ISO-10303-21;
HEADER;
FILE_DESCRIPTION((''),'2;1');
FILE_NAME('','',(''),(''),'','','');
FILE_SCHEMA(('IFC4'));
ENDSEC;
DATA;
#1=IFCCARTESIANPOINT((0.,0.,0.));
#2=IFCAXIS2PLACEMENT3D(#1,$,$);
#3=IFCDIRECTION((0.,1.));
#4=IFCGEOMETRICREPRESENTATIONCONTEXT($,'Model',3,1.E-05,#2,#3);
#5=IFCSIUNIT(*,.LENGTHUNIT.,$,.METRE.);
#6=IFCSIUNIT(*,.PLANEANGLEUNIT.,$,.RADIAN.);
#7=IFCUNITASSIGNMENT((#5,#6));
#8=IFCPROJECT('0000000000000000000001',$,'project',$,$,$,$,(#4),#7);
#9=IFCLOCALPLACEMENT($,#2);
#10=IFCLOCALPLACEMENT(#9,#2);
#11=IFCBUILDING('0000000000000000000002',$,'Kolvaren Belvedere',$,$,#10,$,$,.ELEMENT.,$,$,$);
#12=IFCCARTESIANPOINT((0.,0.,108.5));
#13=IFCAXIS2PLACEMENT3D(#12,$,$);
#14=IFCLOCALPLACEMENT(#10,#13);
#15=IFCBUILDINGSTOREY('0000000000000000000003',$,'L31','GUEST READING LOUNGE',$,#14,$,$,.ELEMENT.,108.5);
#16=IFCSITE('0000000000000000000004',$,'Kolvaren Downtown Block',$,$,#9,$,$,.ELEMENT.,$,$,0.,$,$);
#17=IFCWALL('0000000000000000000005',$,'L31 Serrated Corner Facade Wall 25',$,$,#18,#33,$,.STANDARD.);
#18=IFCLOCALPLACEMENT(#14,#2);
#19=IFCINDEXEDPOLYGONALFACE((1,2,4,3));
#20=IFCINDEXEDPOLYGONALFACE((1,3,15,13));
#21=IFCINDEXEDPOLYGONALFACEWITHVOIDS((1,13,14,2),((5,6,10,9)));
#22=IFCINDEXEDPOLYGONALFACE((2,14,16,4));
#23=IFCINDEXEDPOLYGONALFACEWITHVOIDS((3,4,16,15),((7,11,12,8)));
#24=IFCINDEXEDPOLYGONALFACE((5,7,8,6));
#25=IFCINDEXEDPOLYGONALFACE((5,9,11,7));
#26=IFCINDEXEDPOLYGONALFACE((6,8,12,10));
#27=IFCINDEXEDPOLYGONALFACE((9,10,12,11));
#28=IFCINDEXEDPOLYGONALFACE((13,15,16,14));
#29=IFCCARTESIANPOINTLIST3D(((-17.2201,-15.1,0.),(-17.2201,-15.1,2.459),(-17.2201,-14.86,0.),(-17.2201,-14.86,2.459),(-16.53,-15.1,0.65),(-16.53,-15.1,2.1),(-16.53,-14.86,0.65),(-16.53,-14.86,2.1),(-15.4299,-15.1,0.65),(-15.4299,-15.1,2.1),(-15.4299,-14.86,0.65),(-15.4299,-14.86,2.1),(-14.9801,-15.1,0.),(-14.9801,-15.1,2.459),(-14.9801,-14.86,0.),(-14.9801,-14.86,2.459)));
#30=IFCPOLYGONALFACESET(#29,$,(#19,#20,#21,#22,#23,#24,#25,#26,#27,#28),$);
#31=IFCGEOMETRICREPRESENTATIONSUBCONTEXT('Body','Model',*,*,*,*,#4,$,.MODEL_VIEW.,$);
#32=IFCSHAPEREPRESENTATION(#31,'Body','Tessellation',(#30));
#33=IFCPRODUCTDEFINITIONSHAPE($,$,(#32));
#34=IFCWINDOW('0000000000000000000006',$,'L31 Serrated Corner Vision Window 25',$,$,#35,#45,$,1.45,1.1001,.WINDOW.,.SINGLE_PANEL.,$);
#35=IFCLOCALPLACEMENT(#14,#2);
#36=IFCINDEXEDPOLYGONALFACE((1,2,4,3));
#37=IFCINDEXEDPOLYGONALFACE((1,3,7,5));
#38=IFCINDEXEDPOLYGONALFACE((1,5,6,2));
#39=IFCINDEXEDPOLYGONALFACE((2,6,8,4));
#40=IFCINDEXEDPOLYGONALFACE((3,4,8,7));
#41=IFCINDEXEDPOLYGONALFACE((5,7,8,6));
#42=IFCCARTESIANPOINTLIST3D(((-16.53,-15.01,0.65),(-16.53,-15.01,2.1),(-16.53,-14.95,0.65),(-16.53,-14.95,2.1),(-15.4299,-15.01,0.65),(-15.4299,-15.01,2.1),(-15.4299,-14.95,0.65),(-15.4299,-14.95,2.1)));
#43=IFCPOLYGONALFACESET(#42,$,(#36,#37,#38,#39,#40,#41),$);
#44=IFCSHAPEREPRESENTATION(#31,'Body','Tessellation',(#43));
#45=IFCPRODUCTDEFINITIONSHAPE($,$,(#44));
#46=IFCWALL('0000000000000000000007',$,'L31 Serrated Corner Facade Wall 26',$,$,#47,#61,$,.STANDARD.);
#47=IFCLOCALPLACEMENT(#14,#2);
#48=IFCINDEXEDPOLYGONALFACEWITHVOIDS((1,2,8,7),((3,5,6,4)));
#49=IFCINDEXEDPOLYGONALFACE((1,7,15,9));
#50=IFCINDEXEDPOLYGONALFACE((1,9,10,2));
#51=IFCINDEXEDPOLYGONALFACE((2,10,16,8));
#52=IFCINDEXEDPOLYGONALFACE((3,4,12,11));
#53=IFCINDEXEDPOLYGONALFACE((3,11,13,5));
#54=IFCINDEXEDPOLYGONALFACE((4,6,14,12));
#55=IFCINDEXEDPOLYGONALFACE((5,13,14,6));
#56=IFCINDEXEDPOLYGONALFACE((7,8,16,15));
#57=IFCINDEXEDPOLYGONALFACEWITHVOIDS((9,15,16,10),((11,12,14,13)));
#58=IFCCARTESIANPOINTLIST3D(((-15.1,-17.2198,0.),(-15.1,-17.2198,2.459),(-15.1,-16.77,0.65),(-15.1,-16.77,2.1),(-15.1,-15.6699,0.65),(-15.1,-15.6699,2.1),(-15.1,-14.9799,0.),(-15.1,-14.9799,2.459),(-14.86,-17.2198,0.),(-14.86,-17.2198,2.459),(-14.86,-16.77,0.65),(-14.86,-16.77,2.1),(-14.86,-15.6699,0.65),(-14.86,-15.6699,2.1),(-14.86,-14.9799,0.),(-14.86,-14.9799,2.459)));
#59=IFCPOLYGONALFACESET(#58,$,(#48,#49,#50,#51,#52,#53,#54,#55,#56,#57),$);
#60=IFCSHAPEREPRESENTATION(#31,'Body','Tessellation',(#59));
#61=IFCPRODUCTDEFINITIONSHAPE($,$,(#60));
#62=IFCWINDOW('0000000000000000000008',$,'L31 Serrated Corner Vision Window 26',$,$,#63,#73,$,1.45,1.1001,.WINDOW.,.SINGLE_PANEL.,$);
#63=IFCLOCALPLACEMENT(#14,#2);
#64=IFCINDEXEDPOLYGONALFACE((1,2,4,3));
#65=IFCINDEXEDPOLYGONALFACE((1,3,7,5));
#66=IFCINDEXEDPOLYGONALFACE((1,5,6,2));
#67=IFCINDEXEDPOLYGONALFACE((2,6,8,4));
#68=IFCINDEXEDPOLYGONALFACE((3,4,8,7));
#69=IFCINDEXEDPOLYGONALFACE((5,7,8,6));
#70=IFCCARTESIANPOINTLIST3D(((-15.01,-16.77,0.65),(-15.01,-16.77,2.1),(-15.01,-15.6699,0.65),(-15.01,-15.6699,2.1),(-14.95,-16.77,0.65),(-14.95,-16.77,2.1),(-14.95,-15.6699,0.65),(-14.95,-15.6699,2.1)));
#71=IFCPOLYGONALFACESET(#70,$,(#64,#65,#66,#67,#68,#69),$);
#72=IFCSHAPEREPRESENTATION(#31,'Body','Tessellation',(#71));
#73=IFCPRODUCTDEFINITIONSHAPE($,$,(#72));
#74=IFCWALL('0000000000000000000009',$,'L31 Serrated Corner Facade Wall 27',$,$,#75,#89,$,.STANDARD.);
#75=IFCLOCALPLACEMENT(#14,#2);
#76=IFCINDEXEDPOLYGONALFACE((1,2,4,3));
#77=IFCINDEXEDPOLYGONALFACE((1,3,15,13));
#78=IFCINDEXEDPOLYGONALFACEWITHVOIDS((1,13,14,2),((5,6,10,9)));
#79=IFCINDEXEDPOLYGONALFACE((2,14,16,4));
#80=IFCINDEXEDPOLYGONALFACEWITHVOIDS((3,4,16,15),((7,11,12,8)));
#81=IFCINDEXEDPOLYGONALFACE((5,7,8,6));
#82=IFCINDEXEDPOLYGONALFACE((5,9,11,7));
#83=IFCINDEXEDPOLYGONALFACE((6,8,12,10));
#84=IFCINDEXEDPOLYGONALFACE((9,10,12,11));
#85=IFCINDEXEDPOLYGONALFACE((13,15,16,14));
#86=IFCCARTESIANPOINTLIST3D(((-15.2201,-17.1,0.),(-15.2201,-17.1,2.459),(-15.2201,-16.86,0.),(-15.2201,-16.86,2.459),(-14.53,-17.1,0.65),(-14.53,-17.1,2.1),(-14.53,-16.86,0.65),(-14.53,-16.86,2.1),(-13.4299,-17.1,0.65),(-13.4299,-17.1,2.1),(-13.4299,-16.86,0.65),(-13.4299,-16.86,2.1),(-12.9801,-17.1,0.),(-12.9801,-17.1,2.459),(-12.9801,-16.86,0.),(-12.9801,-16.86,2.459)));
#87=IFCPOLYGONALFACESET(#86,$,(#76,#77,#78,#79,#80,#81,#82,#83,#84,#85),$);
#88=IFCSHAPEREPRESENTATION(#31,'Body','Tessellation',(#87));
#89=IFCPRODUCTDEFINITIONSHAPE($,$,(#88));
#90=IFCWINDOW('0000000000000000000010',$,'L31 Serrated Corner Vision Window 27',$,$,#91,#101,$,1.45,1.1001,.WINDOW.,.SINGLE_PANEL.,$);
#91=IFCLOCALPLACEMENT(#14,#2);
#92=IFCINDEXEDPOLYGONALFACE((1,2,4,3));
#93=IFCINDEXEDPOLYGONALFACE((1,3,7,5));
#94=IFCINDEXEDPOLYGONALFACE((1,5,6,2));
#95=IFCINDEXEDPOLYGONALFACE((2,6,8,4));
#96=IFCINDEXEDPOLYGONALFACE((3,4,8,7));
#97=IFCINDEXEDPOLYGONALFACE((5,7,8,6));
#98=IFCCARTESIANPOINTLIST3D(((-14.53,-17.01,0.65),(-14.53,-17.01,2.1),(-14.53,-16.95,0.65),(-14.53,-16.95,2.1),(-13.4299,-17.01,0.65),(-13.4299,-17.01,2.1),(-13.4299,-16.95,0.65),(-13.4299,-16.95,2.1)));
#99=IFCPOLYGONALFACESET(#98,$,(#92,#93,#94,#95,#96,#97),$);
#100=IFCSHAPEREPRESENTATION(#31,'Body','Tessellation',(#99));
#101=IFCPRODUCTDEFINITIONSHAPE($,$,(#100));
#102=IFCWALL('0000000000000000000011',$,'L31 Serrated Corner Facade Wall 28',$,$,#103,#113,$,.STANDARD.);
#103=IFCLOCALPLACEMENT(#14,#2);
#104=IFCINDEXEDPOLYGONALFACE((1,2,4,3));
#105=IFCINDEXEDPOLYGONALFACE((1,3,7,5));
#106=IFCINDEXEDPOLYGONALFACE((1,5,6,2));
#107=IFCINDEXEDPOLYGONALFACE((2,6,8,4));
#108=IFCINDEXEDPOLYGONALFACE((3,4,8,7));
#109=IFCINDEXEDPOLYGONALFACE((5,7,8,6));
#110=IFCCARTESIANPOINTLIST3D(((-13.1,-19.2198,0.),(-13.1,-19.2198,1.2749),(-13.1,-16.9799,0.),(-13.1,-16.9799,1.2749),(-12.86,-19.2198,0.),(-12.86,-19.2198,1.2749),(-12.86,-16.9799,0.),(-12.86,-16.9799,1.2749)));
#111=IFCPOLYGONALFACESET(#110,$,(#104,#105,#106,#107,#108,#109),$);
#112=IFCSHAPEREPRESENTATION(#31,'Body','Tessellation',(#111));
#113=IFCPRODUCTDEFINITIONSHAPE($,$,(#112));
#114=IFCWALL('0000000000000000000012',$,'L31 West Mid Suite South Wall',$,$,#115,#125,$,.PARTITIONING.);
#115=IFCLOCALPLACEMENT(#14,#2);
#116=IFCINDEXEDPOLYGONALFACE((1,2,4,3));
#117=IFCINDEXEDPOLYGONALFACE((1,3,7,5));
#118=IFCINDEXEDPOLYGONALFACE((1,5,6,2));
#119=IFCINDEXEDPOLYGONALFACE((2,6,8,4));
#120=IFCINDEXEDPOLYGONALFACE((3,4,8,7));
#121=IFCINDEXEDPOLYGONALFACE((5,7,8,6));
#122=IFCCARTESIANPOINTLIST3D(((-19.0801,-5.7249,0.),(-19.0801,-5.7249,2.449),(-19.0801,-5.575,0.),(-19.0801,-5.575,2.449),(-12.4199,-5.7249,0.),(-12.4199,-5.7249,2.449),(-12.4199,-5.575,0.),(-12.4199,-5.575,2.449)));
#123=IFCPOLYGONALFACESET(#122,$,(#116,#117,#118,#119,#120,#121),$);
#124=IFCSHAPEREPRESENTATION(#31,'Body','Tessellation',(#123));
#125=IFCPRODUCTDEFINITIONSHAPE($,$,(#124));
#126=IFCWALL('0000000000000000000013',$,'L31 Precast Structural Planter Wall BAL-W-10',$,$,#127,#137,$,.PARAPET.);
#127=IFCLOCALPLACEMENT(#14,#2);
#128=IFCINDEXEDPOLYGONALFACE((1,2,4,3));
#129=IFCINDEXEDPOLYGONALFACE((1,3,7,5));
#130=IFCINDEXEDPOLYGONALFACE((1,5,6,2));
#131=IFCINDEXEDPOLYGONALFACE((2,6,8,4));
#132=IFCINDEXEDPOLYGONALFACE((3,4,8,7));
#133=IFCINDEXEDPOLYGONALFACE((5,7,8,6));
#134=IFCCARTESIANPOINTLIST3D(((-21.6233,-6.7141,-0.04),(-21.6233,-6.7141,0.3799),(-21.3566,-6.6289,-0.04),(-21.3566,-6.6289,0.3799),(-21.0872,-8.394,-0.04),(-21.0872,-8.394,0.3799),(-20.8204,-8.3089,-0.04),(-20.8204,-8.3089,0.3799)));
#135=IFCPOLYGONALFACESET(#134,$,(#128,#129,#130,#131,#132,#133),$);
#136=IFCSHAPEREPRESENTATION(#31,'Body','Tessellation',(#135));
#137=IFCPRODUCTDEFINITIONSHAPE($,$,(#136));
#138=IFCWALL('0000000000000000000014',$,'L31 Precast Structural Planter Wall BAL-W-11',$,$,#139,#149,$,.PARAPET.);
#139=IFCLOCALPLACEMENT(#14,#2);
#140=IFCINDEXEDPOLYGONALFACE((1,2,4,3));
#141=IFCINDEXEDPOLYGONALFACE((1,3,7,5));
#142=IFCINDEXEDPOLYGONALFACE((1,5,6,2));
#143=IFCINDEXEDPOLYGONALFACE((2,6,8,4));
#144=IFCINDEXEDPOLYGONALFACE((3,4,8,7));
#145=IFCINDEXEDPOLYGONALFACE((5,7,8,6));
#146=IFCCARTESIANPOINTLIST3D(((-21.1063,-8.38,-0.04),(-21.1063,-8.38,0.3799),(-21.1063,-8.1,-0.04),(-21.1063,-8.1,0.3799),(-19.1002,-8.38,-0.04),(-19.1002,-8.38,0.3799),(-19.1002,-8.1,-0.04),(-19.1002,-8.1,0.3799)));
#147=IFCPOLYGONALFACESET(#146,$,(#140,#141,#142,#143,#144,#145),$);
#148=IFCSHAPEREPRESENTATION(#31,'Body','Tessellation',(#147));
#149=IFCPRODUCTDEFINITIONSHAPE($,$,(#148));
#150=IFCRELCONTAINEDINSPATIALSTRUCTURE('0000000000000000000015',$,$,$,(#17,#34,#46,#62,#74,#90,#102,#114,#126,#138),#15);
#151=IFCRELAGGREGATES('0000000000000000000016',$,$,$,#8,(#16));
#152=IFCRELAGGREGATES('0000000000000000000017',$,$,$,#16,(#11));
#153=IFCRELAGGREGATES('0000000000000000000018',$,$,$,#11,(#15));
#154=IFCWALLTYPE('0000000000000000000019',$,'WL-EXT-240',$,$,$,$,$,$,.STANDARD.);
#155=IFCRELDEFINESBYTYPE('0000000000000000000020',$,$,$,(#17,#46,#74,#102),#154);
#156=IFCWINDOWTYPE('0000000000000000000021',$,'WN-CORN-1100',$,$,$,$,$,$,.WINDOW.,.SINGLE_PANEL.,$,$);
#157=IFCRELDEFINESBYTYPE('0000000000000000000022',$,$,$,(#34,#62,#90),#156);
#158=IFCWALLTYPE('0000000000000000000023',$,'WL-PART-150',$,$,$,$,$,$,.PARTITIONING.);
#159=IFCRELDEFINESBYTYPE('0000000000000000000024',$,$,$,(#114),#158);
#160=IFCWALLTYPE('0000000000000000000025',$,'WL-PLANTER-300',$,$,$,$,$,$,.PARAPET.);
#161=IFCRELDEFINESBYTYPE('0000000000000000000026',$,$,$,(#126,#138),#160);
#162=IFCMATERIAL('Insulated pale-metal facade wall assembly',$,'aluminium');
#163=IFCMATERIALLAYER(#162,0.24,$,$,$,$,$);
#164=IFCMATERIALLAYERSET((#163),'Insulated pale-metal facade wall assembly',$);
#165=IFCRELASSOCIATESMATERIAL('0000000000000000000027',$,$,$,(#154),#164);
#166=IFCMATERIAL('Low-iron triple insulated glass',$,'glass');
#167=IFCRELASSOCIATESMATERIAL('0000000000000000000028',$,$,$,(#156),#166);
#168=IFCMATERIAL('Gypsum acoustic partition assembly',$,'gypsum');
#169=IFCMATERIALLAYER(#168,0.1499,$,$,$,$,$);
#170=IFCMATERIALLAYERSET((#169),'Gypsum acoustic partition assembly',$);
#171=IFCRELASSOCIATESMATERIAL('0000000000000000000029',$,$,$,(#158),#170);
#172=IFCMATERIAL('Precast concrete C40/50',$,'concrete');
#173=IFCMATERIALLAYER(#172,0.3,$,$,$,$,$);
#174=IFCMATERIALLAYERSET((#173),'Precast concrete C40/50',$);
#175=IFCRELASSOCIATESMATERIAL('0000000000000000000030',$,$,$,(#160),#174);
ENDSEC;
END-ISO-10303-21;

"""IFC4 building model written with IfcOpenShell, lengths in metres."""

from ifc_helpers import new_model, si_unit, direction, frame, frame_2d, origin, place, context, subcontext, project, spatial, rectangle, extrude, material, layer, layer_set, type_object, element, fill, save


model = new_model("IFC4")

# Units and contexts
model_context = context("Model", 3, precision=1e-05, world=origin(), true_north=direction((0.0, 1.0)))
body_context = subcontext(model_context, "Body", "Model", "MODEL_VIEW")
ifc_project = project(units=[si_unit("LENGTHUNIT", "METRE"), si_unit("PLANEANGLEUNIT", "RADIAN")], contexts=[model_context])

# Site, building, storey
site_placement = place(None, origin())
site = spatial("IfcSite", under=ifc_project, at=site_placement, Name="Kolvaren Downtown Block", CompositionType="ELEMENT", RefElevation=0.0)
building_placement = place(site_placement, origin())
building = spatial("IfcBuilding", under=site, at=building_placement, Name="Kolvaren Belvedere", CompositionType="ELEMENT")
storey_placement = place(building_placement, frame((0.0, 0.0, 108.5)))
storey = spatial("IfcBuildingStorey", under=building, at=storey_placement, Name="L31", Description="GUEST READING LOUNGE", CompositionType="ELEMENT", Elevation=108.5)

# Shared definitions
ifc_material_1 = material(Name="Insulated pale-metal facade wall assembly", Category="aluminium")
ifc_layer_1 = layer(ifc_material_1, 0.24)
ifc_layer_set_1 = layer_set([ifc_layer_1], Name="Insulated pale-metal facade wall assembly")
wall_type_1 = type_object("IfcWallType", Name="WL-EXT-240", PredefinedType="STANDARD", material=ifc_layer_set_1)

# Walls, openings, windows
ifc_material_2 = material(Name="Low-iron triple insulated glass", Category="glass")
window_type = type_object("IfcWindowType", Name="WN-CORN-1100", PartitioningType="SINGLE_PANEL", PredefinedType="WINDOW", material=ifc_material_2)
wall_1_placement = place(storey_placement, frame((-14.98, -14.98, 0.0), z_axis=(0.0, 0.0, 1.0), x_axis=(-1.0, 0.0, 0.0)))
wall_1 = element("IfcWall", 1, at=wall_1_placement, inside=storey, type_object=wall_type_1, Name="L31 Serrated Corner Facade Wall 25", PredefinedType="STANDARD", context=body_context, shape_type="SweptSolid", body=[
    extrude(rectangle(XDim=2.24, YDim=0.24, at=frame_2d((1.1201, 0.0))), origin(), (0.0, 0.0, 1.0), 2.459),
])
opening_1_placement = place(wall_1_placement, frame((0.45, 0.0, 0.6499)))
opening_1 = element("IfcOpeningElement", 2, at=opening_1_placement, cuts=wall_1, PredefinedType="OPENING", context=body_context, shape_type="SweptSolid", body=[
    extrude(rectangle(XDim=1.1001, YDim=1.45, at=frame_2d((0.55, 0.7251))), frame((0.0, 0.1299, 0.0), z_axis=(0.0, -1.0, 0.0), x_axis=(1.0, 0.0, 0.0)), (0.0, 0.0, 1.0), 0.26),
])
window_1_placement = place(opening_1_placement, origin())
window_1 = element("IfcWindow", 3, at=window_1_placement, inside=storey, type_object=window_type, Name="L31 Serrated Corner Vision Window 25", OverallHeight=1.45, OverallWidth=1.1001, PartitioningType="SINGLE_PANEL", PredefinedType="WINDOW", context=body_context, shape_type="SweptSolid", body=[
    extrude(rectangle(XDim=1.1001, YDim=1.45, at=frame_2d((0.55, 0.7251))), frame((0.0, 0.03, 0.0), z_axis=(0.0, -1.0, 0.0), x_axis=(1.0, 0.0, 0.0)), (0.0, 0.0, 1.0), 0.0601),
])
fill(opening_1, window_1)
wall_2_placement = place(storey_placement, frame((-14.98, -17.22, 0.0), z_axis=(0.0, 0.0, 1.0), x_axis=(0.0, 1.0, 0.0)))
wall_2 = element("IfcWall", 4, at=wall_2_placement, inside=storey, type_object=wall_type_1, Name="L31 Serrated Corner Facade Wall 26", PredefinedType="STANDARD", context=body_context, shape_type="SweptSolid", body=[
    extrude(rectangle(XDim=2.24, YDim=0.24, at=frame_2d((1.1201, 0.0))), origin(), (0.0, 0.0, 1.0), 2.459),
])
opening_2_placement = place(wall_2_placement, frame((0.45, 0.0, 0.6499)))
opening_2 = element("IfcOpeningElement", 5, at=opening_2_placement, cuts=wall_2, PredefinedType="OPENING", context=body_context, shape_type="SweptSolid", body=[
    extrude(rectangle(XDim=1.1001, YDim=1.45, at=frame_2d((0.55, 0.7251))), frame((0.0, 0.1299, 0.0), z_axis=(0.0, -1.0, 0.0), x_axis=(1.0, 0.0, 0.0)), (0.0, 0.0, 1.0), 0.26),
])
window_2_placement = place(opening_2_placement, origin())
window_2 = element("IfcWindow", 6, at=window_2_placement, inside=storey, type_object=window_type, Name="L31 Serrated Corner Vision Window 26", OverallHeight=1.45, OverallWidth=1.1001, PartitioningType="SINGLE_PANEL", PredefinedType="WINDOW", context=body_context, shape_type="SweptSolid", body=[
    extrude(rectangle(XDim=1.1001, YDim=1.45, at=frame_2d((0.55, 0.7251))), frame((0.0, 0.03, 0.0), z_axis=(0.0, -1.0, 0.0), x_axis=(1.0, 0.0, 0.0)), (0.0, 0.0, 1.0), 0.0601),
])
fill(opening_2, window_2)
wall_3_placement = place(storey_placement, frame((-12.98, -16.98, 0.0), z_axis=(0.0, 0.0, 1.0), x_axis=(-1.0, 0.0, 0.0)))
wall_3 = element("IfcWall", 7, at=wall_3_placement, inside=storey, type_object=wall_type_1, Name="L31 Serrated Corner Facade Wall 27", PredefinedType="STANDARD", context=body_context, shape_type="SweptSolid", body=[
    extrude(rectangle(XDim=2.24, YDim=0.24, at=frame_2d((1.1201, 0.0))), origin(), (0.0, 0.0, 1.0), 2.459),
])
opening_3_placement = place(wall_3_placement, frame((0.45, 0.0, 0.6499)))
opening_3 = element("IfcOpeningElement", 8, at=opening_3_placement, cuts=wall_3, PredefinedType="OPENING", context=body_context, shape_type="SweptSolid", body=[
    extrude(rectangle(XDim=1.1001, YDim=1.45, at=frame_2d((0.55, 0.7251))), frame((0.0, 0.1299, 0.0), z_axis=(0.0, -1.0, 0.0), x_axis=(1.0, 0.0, 0.0)), (0.0, 0.0, 1.0), 0.26),
])
window_3_placement = place(opening_3_placement, origin())
window_3 = element("IfcWindow", 9, at=window_3_placement, inside=storey, type_object=window_type, Name="L31 Serrated Corner Vision Window 27", OverallHeight=1.45, OverallWidth=1.1001, PartitioningType="SINGLE_PANEL", PredefinedType="WINDOW", context=body_context, shape_type="SweptSolid", body=[
    extrude(rectangle(XDim=1.1001, YDim=1.45, at=frame_2d((0.55, 0.7251))), frame((0.0, 0.03, 0.0), z_axis=(0.0, -1.0, 0.0), x_axis=(1.0, 0.0, 0.0)), (0.0, 0.0, 1.0), 0.0601),
])
fill(opening_3, window_3)

# Walls
wall_4_placement = place(storey_placement, frame((-12.98, -19.22, 0.0), z_axis=(0.0, 0.0, 1.0), x_axis=(0.0, 1.0, 0.0)))
element("IfcWall", 10, at=wall_4_placement, inside=storey, type_object=wall_type_1, Name="L31 Serrated Corner Facade Wall 28", PredefinedType="STANDARD", context=body_context, shape_type="SweptSolid", body=[
    extrude(rectangle(XDim=2.24, YDim=0.24, at=frame_2d((1.1201, 0.0))), origin(), (0.0, 0.0, 1.0), 1.2749),
])
ifc_material_3 = material(Name="Gypsum acoustic partition assembly", Category="gypsum")
ifc_layer_2 = layer(ifc_material_3, 0.1499)
ifc_layer_set_2 = layer_set([ifc_layer_2], Name="Gypsum acoustic partition assembly")
wall_type_2 = type_object("IfcWallType", Name="WL-PART-150", PredefinedType="PARTITIONING", material=ifc_layer_set_2)
wall_5_placement = place(storey_placement, frame((-19.0801, -5.6499, 0.0), z_axis=(0.0, 0.0, 1.0), x_axis=(1.0, 0.0, 0.0)))
element("IfcWall", 11, at=wall_5_placement, inside=storey, type_object=wall_type_2, Name="L31 West Mid Suite South Wall", PredefinedType="PARTITIONING", context=body_context, shape_type="SweptSolid", body=[
    extrude(rectangle(XDim=6.6602, YDim=0.1499, at=frame_2d((3.3301, 0.0))), origin(), (0.0, 0.0, 1.0), 2.449),
])
ifc_material_4 = material(Name="Precast concrete C40/50", Category="concrete")
ifc_layer_3 = layer(ifc_material_4, 0.3)
ifc_layer_set_3 = layer_set([ifc_layer_3], Name="Precast concrete C40/50")
wall_type_3 = type_object("IfcWallType", Name="WL-PLANTER-300", PredefinedType="PARAPET", material=ifc_layer_set_3)
wall_6_placement = place(storey_placement, frame((-21.49, -6.6714, -0.04), z_axis=(0.0, 0.0, 1.0), x_axis=(0.304032, -0.952662, 0.0)))
element("IfcWall", 12, at=wall_6_placement, inside=storey, type_object=wall_type_3, Name="L31 Precast Structural Planter Wall BAL-W-10", PredefinedType="PARAPET", context=body_context, shape_type="SweptSolid", body=[
    extrude(rectangle(XDim=1.7634, YDim=0.28, at=frame_2d((0.8818, 0.0))), origin(), (0.0, 0.0, 1.0), 0.4199),
])
wall_7_placement = place(storey_placement, frame((-21.1062, -8.24, -0.04), z_axis=(0.0, 0.0, 1.0), x_axis=(1.0, 0.0, 0.0)))
element("IfcWall", 13, at=wall_7_placement, inside=storey, type_object=wall_type_3, Name="L31 Precast Structural Planter Wall BAL-W-11", PredefinedType="PARAPET", context=body_context, shape_type="SweptSolid", body=[
    extrude(rectangle(XDim=2.0061, YDim=0.28, at=frame_2d((1.0029, 0.0))), origin(), (0.0, 0.0, 1.0), 0.4199),
])

save(model, "model.ifc")
